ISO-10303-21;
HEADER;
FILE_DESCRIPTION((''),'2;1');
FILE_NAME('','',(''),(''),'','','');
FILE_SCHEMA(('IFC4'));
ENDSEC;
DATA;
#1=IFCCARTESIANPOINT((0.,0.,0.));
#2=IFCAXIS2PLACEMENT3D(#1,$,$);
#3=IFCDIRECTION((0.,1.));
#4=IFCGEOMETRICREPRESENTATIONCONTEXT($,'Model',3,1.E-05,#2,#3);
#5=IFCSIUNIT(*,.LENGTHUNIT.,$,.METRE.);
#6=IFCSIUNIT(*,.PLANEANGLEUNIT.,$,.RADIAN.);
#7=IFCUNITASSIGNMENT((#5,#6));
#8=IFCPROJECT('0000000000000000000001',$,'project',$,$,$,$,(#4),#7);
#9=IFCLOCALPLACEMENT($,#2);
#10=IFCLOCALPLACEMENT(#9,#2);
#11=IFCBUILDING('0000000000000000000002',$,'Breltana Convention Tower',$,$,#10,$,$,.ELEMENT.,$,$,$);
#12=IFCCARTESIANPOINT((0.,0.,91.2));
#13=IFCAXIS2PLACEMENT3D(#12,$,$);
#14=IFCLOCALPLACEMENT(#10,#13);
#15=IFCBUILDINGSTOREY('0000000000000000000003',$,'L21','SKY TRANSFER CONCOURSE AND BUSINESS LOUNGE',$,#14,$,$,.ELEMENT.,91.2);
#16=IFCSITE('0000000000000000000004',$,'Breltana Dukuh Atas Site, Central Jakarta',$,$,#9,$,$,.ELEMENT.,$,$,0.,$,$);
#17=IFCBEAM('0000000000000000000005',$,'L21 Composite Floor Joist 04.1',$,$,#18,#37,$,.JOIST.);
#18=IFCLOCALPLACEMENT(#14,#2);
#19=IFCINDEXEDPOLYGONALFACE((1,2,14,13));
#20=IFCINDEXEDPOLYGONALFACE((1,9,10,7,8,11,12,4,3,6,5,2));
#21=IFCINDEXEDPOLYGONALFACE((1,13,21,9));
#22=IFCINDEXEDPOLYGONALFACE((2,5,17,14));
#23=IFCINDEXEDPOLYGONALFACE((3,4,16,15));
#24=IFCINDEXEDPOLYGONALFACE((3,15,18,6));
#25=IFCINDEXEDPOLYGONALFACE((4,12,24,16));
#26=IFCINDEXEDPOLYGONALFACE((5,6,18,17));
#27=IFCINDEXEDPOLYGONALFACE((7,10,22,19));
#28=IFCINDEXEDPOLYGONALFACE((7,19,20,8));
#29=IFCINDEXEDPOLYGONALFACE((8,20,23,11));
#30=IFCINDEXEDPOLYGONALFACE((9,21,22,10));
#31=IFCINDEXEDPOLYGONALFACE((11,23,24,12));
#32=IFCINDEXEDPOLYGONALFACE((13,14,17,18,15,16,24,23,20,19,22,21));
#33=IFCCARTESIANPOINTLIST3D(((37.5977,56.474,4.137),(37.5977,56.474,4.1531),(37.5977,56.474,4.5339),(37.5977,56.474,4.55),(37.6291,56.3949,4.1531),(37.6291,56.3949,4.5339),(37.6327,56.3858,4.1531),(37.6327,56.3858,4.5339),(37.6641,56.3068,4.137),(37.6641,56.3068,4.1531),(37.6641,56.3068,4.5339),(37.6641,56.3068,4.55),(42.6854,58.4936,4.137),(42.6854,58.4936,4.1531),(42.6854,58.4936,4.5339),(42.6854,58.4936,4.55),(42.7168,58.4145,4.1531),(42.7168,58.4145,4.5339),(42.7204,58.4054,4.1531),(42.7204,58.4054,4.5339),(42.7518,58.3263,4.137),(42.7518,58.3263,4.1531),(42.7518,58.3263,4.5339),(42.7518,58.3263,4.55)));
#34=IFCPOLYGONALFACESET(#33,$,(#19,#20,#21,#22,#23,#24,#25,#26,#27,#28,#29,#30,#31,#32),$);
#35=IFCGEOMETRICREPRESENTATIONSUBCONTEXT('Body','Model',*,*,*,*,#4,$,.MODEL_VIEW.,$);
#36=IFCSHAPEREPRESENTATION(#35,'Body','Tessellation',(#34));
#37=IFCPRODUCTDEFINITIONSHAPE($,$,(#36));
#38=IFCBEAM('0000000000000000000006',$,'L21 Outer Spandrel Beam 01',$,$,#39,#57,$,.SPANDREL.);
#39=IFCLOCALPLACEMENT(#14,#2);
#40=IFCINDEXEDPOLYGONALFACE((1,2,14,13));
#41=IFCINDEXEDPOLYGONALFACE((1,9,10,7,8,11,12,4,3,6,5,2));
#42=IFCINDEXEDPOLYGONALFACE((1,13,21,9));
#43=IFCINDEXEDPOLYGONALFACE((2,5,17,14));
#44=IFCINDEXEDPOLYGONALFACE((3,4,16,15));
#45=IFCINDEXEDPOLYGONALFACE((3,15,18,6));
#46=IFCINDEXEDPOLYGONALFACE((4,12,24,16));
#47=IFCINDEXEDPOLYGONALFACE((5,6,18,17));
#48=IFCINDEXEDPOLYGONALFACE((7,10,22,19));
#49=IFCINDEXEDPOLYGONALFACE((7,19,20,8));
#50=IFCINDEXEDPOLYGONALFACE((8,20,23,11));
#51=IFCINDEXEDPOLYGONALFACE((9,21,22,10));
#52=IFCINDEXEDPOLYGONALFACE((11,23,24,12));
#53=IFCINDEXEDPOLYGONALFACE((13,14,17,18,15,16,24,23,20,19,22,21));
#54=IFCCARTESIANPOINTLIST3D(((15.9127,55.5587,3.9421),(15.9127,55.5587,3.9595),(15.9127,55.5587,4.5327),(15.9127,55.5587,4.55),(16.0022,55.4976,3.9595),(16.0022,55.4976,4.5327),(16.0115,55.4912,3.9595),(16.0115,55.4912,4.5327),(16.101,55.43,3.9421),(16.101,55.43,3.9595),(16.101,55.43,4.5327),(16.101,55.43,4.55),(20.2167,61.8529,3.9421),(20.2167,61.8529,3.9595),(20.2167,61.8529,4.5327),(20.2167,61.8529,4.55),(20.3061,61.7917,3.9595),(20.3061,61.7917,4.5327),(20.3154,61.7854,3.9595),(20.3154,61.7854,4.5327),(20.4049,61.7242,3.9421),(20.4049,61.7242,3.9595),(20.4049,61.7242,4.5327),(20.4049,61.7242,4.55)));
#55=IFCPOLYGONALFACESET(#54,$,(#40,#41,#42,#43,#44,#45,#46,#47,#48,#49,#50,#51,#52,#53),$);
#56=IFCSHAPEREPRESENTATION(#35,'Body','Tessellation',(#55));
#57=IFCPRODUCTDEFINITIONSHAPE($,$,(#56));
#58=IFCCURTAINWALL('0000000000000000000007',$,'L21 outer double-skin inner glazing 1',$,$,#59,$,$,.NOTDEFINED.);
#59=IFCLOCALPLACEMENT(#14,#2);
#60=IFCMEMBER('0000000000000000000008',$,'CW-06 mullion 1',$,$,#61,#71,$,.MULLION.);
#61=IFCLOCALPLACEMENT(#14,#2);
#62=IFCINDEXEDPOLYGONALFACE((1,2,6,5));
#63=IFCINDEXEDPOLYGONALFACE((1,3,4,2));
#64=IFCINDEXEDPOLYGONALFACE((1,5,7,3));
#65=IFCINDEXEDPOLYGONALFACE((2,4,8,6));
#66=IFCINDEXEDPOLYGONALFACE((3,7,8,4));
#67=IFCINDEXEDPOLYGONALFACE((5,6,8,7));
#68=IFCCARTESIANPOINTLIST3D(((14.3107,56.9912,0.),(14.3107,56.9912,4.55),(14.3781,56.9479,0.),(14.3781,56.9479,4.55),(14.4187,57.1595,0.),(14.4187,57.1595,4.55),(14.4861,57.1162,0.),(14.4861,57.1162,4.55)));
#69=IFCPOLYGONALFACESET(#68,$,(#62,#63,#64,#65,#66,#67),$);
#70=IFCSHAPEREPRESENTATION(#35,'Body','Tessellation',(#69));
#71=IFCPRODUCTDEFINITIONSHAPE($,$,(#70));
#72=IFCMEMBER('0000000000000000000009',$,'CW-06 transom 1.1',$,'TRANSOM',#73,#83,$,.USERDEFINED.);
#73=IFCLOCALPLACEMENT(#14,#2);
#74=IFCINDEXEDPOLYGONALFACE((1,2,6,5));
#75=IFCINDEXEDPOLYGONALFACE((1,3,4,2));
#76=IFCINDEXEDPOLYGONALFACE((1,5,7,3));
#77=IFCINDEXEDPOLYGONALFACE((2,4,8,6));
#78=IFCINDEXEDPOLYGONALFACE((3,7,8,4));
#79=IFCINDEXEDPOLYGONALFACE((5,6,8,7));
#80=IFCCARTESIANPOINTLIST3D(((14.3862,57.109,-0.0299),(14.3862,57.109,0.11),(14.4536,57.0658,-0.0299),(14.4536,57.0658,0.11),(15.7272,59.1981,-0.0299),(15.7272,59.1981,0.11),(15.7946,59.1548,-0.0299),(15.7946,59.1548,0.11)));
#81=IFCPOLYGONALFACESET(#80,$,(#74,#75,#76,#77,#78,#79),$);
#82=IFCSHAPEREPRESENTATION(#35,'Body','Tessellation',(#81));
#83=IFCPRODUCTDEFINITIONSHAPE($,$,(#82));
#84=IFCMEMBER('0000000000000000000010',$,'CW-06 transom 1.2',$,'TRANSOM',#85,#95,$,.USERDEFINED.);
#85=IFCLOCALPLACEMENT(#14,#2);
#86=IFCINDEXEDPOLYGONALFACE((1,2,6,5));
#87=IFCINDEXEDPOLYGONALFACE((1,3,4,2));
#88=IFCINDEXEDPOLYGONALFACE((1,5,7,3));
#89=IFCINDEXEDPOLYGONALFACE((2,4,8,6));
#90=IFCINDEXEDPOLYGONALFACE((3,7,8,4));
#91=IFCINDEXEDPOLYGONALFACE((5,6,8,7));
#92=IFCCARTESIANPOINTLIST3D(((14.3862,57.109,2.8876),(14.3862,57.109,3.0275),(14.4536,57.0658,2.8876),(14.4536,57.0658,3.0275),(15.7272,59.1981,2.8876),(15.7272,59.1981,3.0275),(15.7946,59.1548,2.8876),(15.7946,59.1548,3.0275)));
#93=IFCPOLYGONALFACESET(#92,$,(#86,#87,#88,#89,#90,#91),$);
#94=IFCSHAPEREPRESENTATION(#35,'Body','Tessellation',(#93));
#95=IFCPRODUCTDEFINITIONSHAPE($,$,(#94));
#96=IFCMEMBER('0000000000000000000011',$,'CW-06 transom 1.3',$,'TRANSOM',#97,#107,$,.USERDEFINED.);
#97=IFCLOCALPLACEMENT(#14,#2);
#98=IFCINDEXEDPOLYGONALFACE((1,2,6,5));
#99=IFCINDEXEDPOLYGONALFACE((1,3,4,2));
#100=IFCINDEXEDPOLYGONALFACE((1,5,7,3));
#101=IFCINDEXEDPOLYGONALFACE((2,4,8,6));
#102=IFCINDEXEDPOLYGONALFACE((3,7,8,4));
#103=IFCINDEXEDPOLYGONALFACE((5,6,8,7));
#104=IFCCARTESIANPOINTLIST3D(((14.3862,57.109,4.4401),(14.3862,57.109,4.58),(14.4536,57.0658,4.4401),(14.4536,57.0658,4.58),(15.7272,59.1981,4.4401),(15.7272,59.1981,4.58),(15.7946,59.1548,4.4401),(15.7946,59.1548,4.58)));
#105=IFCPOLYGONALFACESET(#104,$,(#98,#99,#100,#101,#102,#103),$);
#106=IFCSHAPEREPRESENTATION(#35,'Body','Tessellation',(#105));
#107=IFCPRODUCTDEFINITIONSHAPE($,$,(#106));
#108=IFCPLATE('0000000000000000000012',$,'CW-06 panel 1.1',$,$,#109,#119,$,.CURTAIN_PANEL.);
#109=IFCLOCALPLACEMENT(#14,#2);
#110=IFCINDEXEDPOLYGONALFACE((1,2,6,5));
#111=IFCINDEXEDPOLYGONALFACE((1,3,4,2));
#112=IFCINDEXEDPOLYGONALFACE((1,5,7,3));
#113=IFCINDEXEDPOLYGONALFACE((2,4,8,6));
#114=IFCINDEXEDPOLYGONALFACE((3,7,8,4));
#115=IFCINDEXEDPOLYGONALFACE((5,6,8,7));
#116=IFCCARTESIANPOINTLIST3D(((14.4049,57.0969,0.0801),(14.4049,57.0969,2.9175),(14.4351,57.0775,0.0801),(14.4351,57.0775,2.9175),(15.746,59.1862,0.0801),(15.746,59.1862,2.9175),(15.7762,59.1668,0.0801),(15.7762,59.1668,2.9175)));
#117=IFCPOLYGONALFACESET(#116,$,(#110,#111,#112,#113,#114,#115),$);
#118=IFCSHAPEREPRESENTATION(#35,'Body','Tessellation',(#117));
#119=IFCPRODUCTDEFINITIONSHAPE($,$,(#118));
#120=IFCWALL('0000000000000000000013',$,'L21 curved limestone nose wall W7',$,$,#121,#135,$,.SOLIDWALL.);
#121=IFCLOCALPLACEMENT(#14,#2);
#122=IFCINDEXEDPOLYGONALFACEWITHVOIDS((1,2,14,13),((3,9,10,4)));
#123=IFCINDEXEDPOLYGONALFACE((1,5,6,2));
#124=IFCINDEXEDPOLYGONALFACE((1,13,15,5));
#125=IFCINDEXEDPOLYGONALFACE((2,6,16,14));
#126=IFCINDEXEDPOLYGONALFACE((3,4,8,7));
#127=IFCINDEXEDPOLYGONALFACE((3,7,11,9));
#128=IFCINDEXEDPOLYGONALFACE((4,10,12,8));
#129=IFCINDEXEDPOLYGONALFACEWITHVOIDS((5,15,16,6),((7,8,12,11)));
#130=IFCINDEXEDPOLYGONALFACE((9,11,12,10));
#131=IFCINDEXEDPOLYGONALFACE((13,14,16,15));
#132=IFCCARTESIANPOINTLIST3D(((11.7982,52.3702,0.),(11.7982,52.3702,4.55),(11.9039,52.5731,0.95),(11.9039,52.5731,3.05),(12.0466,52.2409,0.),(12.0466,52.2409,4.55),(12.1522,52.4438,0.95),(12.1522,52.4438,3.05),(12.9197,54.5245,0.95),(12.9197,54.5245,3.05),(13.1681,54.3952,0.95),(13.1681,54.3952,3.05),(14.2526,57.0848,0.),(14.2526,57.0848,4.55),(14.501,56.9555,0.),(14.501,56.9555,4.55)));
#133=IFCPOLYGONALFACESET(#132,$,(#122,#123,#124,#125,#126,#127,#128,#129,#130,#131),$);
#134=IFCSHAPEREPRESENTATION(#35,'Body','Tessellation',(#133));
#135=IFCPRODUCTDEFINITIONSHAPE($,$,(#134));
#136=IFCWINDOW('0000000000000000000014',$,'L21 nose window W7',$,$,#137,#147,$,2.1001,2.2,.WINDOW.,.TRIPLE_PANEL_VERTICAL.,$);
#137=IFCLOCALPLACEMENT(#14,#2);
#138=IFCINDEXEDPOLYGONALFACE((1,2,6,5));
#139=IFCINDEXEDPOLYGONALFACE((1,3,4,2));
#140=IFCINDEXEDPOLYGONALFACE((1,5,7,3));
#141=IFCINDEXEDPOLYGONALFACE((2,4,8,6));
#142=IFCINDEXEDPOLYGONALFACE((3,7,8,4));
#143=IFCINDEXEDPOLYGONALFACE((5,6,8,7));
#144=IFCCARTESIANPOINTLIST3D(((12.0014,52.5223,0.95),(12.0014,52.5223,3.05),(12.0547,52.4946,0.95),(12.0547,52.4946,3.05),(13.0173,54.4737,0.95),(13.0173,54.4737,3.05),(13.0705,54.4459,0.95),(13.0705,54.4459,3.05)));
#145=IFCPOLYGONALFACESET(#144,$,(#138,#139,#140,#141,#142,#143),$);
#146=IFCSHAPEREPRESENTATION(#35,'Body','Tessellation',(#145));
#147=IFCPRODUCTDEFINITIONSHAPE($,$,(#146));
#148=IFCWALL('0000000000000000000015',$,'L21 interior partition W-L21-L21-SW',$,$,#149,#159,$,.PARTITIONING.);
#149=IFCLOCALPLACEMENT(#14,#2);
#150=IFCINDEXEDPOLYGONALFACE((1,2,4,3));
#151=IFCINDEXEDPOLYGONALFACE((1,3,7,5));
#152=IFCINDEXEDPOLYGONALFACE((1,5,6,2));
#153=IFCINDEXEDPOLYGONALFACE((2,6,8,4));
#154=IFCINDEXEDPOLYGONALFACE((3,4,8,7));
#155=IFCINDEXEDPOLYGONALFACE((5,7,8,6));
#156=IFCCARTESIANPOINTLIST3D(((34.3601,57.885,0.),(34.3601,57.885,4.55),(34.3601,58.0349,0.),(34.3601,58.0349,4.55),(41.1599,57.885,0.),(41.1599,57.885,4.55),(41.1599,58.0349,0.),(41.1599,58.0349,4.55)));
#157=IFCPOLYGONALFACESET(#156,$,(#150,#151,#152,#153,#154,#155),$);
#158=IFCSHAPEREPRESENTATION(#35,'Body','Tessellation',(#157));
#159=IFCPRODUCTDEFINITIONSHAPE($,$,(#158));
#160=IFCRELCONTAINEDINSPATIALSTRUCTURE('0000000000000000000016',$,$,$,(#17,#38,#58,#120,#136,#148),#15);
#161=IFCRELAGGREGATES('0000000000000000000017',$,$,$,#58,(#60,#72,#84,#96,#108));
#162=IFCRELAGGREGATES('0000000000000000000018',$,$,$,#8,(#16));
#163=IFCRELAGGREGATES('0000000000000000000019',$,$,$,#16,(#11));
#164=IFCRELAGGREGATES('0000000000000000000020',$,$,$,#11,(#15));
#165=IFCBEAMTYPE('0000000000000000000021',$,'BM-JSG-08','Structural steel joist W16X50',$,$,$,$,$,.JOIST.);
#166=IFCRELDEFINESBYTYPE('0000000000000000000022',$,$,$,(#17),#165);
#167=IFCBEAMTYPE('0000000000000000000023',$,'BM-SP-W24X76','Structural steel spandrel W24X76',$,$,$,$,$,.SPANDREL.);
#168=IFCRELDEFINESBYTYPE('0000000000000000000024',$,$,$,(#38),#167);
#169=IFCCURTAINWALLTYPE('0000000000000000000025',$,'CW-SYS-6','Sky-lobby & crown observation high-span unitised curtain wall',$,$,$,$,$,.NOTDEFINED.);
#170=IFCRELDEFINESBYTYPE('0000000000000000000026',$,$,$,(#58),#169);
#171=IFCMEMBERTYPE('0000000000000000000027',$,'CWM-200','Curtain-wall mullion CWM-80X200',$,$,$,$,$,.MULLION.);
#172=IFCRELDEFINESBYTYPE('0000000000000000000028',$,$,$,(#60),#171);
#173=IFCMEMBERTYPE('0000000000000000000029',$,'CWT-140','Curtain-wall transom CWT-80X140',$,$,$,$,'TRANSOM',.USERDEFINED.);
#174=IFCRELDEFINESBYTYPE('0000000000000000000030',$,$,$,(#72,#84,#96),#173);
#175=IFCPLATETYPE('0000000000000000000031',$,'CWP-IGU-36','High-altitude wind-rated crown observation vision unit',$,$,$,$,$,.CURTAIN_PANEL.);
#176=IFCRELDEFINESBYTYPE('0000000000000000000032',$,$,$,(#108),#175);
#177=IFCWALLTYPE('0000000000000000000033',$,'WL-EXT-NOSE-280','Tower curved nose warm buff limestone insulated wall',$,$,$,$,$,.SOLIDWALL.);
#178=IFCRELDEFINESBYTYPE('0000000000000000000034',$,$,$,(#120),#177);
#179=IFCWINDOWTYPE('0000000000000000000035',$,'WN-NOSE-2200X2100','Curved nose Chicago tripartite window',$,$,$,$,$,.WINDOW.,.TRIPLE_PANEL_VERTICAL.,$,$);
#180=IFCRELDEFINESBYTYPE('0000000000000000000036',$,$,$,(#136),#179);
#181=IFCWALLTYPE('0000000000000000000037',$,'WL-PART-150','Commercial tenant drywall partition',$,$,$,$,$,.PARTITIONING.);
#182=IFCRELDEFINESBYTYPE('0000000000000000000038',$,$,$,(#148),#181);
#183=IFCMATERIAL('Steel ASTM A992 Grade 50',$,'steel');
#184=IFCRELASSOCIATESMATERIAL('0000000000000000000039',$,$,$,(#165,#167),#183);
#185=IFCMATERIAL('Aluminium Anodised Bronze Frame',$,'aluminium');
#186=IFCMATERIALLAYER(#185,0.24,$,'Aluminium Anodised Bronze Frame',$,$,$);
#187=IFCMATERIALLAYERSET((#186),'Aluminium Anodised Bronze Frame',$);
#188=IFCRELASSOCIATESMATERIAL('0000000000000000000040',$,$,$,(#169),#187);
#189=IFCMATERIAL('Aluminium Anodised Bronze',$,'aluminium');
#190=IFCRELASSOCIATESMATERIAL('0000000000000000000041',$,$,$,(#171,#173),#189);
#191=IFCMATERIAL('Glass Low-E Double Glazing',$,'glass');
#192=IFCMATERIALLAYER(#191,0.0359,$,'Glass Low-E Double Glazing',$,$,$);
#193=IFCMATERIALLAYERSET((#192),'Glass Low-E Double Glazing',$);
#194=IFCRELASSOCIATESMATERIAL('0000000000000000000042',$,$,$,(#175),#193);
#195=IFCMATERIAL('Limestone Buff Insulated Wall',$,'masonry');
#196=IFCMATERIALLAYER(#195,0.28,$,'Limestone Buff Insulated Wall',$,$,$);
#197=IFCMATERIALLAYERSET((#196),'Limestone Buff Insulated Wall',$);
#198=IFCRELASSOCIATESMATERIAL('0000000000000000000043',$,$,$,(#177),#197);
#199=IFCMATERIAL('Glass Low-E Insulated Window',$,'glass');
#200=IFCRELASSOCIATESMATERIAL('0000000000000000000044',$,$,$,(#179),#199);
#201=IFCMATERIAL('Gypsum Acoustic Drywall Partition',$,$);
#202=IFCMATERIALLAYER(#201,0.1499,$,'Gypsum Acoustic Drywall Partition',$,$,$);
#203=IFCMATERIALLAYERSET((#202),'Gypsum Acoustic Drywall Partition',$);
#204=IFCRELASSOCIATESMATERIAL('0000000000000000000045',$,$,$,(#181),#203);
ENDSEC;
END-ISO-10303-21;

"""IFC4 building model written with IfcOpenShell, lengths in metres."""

from ifc_helpers import new_model, si_unit, direction, frame, frame_2d, origin, origin_2d, place, context, subcontext, project, spatial, rectangle, i_section, extrude, source, transform, mapped, material, layer, layer_set, material_profile, profile_set, type_object, type_shapes, element, fill, aggregate, save


model = new_model("IFC4")

# Units and contexts
model_context = context("Model", 3, precision=1e-05, world=origin(), true_north=direction((0.0, 1.0)))
body_context = subcontext(model_context, "Body", "Model", "MODEL_VIEW")
ifc_project = project(units=[si_unit("LENGTHUNIT", "METRE"), si_unit("PLANEANGLEUNIT", "RADIAN")], contexts=[model_context])

# Site, building, storey
site_placement = place(None, origin())
site = spatial("IfcSite", under=ifc_project, at=site_placement, Name="Breltana Dukuh Atas Site, Central Jakarta", CompositionType="ELEMENT", RefElevation=0.0)
building_placement = place(site_placement, origin())
building = spatial("IfcBuilding", under=site, at=building_placement, Name="Breltana Convention Tower", CompositionType="ELEMENT")
storey_placement = place(building_placement, frame((0.0, 0.0, 91.2)))
storey = spatial("IfcBuildingStorey", under=building, at=storey_placement, Name="L21", Description="SKY TRANSFER CONCOURSE AND BUSINESS LOUNGE", CompositionType="ELEMENT", Elevation=91.2)

# Beams
ifc_material_1 = material(Name="Steel ASTM A992 Grade 50", Category="steel")
ifc_material_profile_1 = material_profile(ifc_material_1, i_section(OverallWidth=0.1799, OverallDepth=0.4131, WebThickness=0.0098, FlangeThickness=0.0161, at=origin_2d()), Name="W16X50")
ifc_profile_set_1 = profile_set([ifc_material_profile_1], Name="Steel ASTM A992 Grade 50")
beam_type_1 = type_object("IfcBeamType", Name="BM-JSG-08", Description="Structural steel joist W16X50", PredefinedType="JOIST", material=ifc_profile_set_1)
shared_shape_1 = source(origin(), body_context, "Body", "SweptSolid", [
    extrude(i_section(OverallWidth=0.1799, OverallDepth=0.4131, WebThickness=0.0098, FlangeThickness=0.0161, at=origin_2d()), origin(), (0.0, 0.0, 1.0), 5.4739),
])
beam_1_placement = place(storey_placement, frame((37.6309, 56.3904, 4.3435), z_axis=(0.929452, 0.368944, 0.0), x_axis=(-0.368944, 0.929452, 0.0)))
element("IfcBeam", 1, at=beam_1_placement, inside=storey, type_object=beam_type_1, Name="L21 Composite Floor Joist 04.1", PredefinedType="JOIST", context=body_context, shape_type="MappedRepresentation", body=[
    mapped(shared_shape_1, transform((0.0, 0.0, 0.0), scale=1.0)),
])
ifc_material_profile_2 = material_profile(ifc_material_1, i_section(OverallWidth=0.228, OverallDepth=0.6079, WebThickness=0.0112, FlangeThickness=0.0173, at=origin_2d()), Name="W24X76")
ifc_profile_set_2 = profile_set([ifc_material_profile_2], Name="Steel ASTM A992 Grade 50")
beam_type_2 = type_object("IfcBeamType", Name="BM-SP-W24X76", Description="Structural steel spandrel W24X76", PredefinedType="SPANDREL", material=ifc_profile_set_2)
shared_shape_2 = source(origin(), body_context, "Body", "SweptSolid", [
    extrude(i_section(OverallWidth=0.228, OverallDepth=0.6079, WebThickness=0.0112, FlangeThickness=0.0173, at=origin_2d()), origin(), (0.0, 0.0, 1.0), 7.625),
])
type_shapes(beam_type_2, [shared_shape_2])
beam_2_placement = place(storey_placement, frame((16.0068, 55.4944, 4.2461), z_axis=(0.564452, 0.825466, 0.0), x_axis=(-0.825466, 0.564452, 0.0)))
element("IfcBeam", 2, at=beam_2_placement, inside=storey, type_object=beam_type_2, Name="L21 Outer Spandrel Beam 01", PredefinedType="SPANDREL", context=body_context, shape_type="MappedRepresentation", body=[
    mapped(shared_shape_2, transform((0.0, 0.0, 0.0), scale=1.0)),
])

# Curtain wall, members, plate
ifc_material_2 = material(Name="Aluminium Anodised Bronze Frame", Category="aluminium")
ifc_layer_1 = layer(ifc_material_2, 0.24, Name="Aluminium Anodised Bronze Frame")
ifc_layer_set_1 = layer_set([ifc_layer_1], Name="Aluminium Anodised Bronze Frame")
curtain_wall_type = type_object("IfcCurtainWallType", Name="CW-SYS-6", Description="Sky-lobby & crown observation high-span unitised curtain wall", PredefinedType="NOTDEFINED", material=ifc_layer_set_1)
curtain_wall_placement = place(storey_placement, origin())
curtain_wall = element("IfcCurtainWall", 3, at=curtain_wall_placement, inside=storey, type_object=curtain_wall_type, Name="L21 outer double-skin inner glazing 1", PredefinedType="NOTDEFINED")
ifc_material_3 = material(Name="Aluminium Anodised Bronze", Category="aluminium")
ifc_material_profile_3 = material_profile(ifc_material_3, rectangle(XDim=0.0801, YDim=0.2, at=origin_2d()), Name="CWM-80X200")
ifc_profile_set_3 = profile_set([ifc_material_profile_3], Name="Aluminium Anodised Bronze")
member_type_1 = type_object("IfcMemberType", Name="CWM-200", Description="Curtain-wall mullion CWM-80X200", PredefinedType="MULLION", material=ifc_profile_set_3)
shared_shape_3 = source(origin(), body_context, "Body", "SweptSolid", [
    extrude(rectangle(XDim=0.0801, YDim=0.2, at=origin_2d()), origin(), (0.0, 0.0, 1.0), 4.55),
])
member_1_placement = place(storey_placement, frame((14.3984, 57.0537, 0.0), z_axis=(0.0, 0.0, 1.0), x_axis=(-0.841552, 0.540177, 0.0)))
member_1 = element("IfcMember", 4, at=member_1_placement, type_object=member_type_1, Name="CW-06 mullion 1", PredefinedType="MULLION", context=body_context, shape_type="MappedRepresentation", body=[
    mapped(shared_shape_3, transform((0.0, 0.0, 0.0), scale=1.0)),
])
ifc_material_profile_4 = material_profile(ifc_material_3, rectangle(XDim=0.0801, YDim=0.1399, at=origin_2d()), Name="CWT-80X140")
ifc_profile_set_4 = profile_set([ifc_material_profile_4], Name="Aluminium Anodised Bronze")
member_type_2 = type_object("IfcMemberType", Name="CWT-140", Description="Curtain-wall transom CWT-80X140", ElementType="TRANSOM", PredefinedType="USERDEFINED", material=ifc_profile_set_4)
shared_shape_4 = source(origin(), body_context, "Body", "SweptSolid", [
    extrude(rectangle(XDim=0.0801, YDim=0.1399, at=origin_2d()), origin(), (0.0, 0.0, 1.0), 2.4824),
])
member_2_placement = place(storey_placement, frame((14.4199, 57.0874, 0.04), z_axis=(0.540206, 0.841533, 0.0), x_axis=(-0.841533, 0.540206, 0.0)))
member_2 = element("IfcMember", 5, at=member_2_placement, type_object=member_type_2, Name="CW-06 transom 1.1", ObjectType="TRANSOM", PredefinedType="USERDEFINED", context=body_context, shape_type="MappedRepresentation", body=[
    mapped(shared_shape_4, transform((0.0, 0.0, 0.0), scale=1.0)),
])
member_3_placement = place(storey_placement, frame((14.4199, 57.0874, 2.9575), z_axis=(0.540206, 0.841533, 0.0), x_axis=(-0.841533, 0.540206, 0.0)))
member_3 = element("IfcMember", 6, at=member_3_placement, type_object=member_type_2, Name="CW-06 transom 1.2", ObjectType="TRANSOM", PredefinedType="USERDEFINED", context=body_context, shape_type="MappedRepresentation", body=[
    mapped(shared_shape_4, transform((0.0, 0.0, 0.0), scale=1.0)),
])
member_4_placement = place(storey_placement, frame((14.4199, 57.0874, 4.51), z_axis=(0.540206, 0.841533, 0.0), x_axis=(-0.841533, 0.540206, 0.0)))
member_4 = element("IfcMember", 7, at=member_4_placement, type_object=member_type_2, Name="CW-06 transom 1.3", ObjectType="TRANSOM", PredefinedType="USERDEFINED", context=body_context, shape_type="MappedRepresentation", body=[
    mapped(shared_shape_4, transform((0.0, 0.0, 0.0), scale=1.0)),
])
ifc_material_4 = material(Name="Glass Low-E Double Glazing", Category="glass")
ifc_layer_2 = layer(ifc_material_4, 0.0359, Name="Glass Low-E Double Glazing")
ifc_layer_set_2 = layer_set([ifc_layer_2], Name="Glass Low-E Double Glazing")
plate_type = type_object("IfcPlateType", Name="CWP-IGU-36", Description="High-altitude wind-rated crown observation vision unit", PredefinedType="CURTAIN_PANEL", material=ifc_layer_set_2)
shared_shape_5 = source(origin(), body_context, "Body", "SweptSolid", [
    extrude(rectangle(XDim=2.4827, YDim=0.0359, at=origin_2d()), origin(), (0.0, 0.0, 1.0), 2.8374),
])
plate_placement = place(storey_placement, frame((15.0906, 58.1318, 0.0801), z_axis=(0.0, 0.0, 1.0), x_axis=(0.540177, 0.841552, 0.0)))
plate = element("IfcPlate", 8, at=plate_placement, type_object=plate_type, Name="CW-06 panel 1.1", PredefinedType="CURTAIN_PANEL", context=body_context, shape_type="MappedRepresentation", body=[
    mapped(shared_shape_5, transform((0.0, 0.0, 0.0), scale=1.0)),
])
aggregate(curtain_wall, [member_1, member_2, member_3, member_4, plate])

# Wall, opening, window
ifc_material_5 = material(Name="Limestone Buff Insulated Wall", Category="masonry")
ifc_layer_3 = layer(ifc_material_5, 0.28, Name="Limestone Buff Insulated Wall")
ifc_layer_set_3 = layer_set([ifc_layer_3], Name="Limestone Buff Insulated Wall")
wall_type_1 = type_object("IfcWallType", Name="WL-EXT-NOSE-280", Description="Tower curved nose warm buff limestone insulated wall", PredefinedType="SOLIDWALL", material=ifc_layer_set_3)
shared_shape_6 = source(origin(), body_context, "Body", "SweptSolid", [
    extrude(rectangle(XDim=5.3152, YDim=0.28, at=frame_2d((2.6577, 0.0))), origin(), (0.0, 0.0, 1.0), 4.55),
])
wall_1_placement = place(storey_placement, frame((11.9224, 52.3054, 0.0), z_axis=(0.0, 0.0, 1.0), x_axis=(0.461761, 0.887005, 0.0)))
wall_1 = element("IfcWall", 9, at=wall_1_placement, inside=storey, type_object=wall_type_1, Name="L21 curved limestone nose wall W7", PredefinedType="SOLIDWALL", context=body_context, shape_type="MappedRepresentation", body=[
    mapped(shared_shape_6, transform((0.0, 0.0, 0.0), scale=1.0)),
])
opening_1_placement = place(wall_1_placement, frame((0.2288, 0.0, 0.95)))
opening_1 = element("IfcOpeningElement", 10, at=opening_1_placement, cuts=wall_1, PredefinedType="OPENING", context=body_context, shape_type="SweptSolid", body=[
    extrude(rectangle(XDim=2.2, YDim=2.1001, at=frame_2d((1.1001, 1.05))), frame((0.0, 0.1499, 0.0), z_axis=(0.0, -1.0, 0.0), x_axis=(1.0, 0.0, 0.0)), (0.0, 0.0, 1.0), 0.3),
])
ifc_material_6 = material(Name="Glass Low-E Insulated Window", Category="glass")
window_type = type_object("IfcWindowType", Name="WN-NOSE-2200X2100", Description="Curved nose Chicago tripartite window", PartitioningType="TRIPLE_PANEL_VERTICAL", PredefinedType="WINDOW", material=ifc_material_6)
shared_shape_7 = source(origin(), body_context, "Body", "SweptSolid", [
    extrude(rectangle(XDim=2.2, YDim=2.1001, at=frame_2d((1.1001, 1.05))), frame((0.0, 0.03, 0.0), z_axis=(0.0, -1.0, 0.0), x_axis=(1.0, 0.0, 0.0)), (0.0, 0.0, 1.0), 0.0601),
])
type_shapes(window_type, [shared_shape_7])
window_placement = place(opening_1_placement, origin())
window = element("IfcWindow", 11, at=window_placement, inside=storey, type_object=window_type, Name="L21 nose window W7", OverallHeight=2.1001, OverallWidth=2.2, PartitioningType="TRIPLE_PANEL_VERTICAL", PredefinedType="WINDOW", context=body_context, shape_type="MappedRepresentation", body=[
    mapped(shared_shape_7, transform((0.0, 0.0, 0.0), scale=1.0)),
])
fill(opening_1, window)

# Wall
ifc_material_7 = material(Name="Gypsum Acoustic Drywall Partition")
ifc_layer_4 = layer(ifc_material_7, 0.1499, Name="Gypsum Acoustic Drywall Partition")
ifc_layer_set_4 = layer_set([ifc_layer_4], Name="Gypsum Acoustic Drywall Partition")
wall_type_2 = type_object("IfcWallType", Name="WL-PART-150", Description="Commercial tenant drywall partition", PredefinedType="PARTITIONING", material=ifc_layer_set_4)
shared_shape_8 = source(origin(), body_context, "Body", "SweptSolid", [
    extrude(rectangle(XDim=6.7998, YDim=0.1499, at=frame_2d((3.3999, 0.0))), origin(), (0.0, 0.0, 1.0), 4.55),
])
wall_2_placement = place(storey_placement, frame((34.3601, 57.96, 0.0), z_axis=(0.0, 0.0, 1.0), x_axis=(1.0, 0.0, 0.0)))
element("IfcWall", 12, at=wall_2_placement, inside=storey, type_object=wall_type_2, Name="L21 interior partition W-L21-L21-SW", PredefinedType="PARTITIONING", context=body_context, shape_type="MappedRepresentation", body=[
    mapped(shared_shape_8, transform((0.0, 0.0, 0.0), scale=1.0)),
])

save(model, "model.ifc")
